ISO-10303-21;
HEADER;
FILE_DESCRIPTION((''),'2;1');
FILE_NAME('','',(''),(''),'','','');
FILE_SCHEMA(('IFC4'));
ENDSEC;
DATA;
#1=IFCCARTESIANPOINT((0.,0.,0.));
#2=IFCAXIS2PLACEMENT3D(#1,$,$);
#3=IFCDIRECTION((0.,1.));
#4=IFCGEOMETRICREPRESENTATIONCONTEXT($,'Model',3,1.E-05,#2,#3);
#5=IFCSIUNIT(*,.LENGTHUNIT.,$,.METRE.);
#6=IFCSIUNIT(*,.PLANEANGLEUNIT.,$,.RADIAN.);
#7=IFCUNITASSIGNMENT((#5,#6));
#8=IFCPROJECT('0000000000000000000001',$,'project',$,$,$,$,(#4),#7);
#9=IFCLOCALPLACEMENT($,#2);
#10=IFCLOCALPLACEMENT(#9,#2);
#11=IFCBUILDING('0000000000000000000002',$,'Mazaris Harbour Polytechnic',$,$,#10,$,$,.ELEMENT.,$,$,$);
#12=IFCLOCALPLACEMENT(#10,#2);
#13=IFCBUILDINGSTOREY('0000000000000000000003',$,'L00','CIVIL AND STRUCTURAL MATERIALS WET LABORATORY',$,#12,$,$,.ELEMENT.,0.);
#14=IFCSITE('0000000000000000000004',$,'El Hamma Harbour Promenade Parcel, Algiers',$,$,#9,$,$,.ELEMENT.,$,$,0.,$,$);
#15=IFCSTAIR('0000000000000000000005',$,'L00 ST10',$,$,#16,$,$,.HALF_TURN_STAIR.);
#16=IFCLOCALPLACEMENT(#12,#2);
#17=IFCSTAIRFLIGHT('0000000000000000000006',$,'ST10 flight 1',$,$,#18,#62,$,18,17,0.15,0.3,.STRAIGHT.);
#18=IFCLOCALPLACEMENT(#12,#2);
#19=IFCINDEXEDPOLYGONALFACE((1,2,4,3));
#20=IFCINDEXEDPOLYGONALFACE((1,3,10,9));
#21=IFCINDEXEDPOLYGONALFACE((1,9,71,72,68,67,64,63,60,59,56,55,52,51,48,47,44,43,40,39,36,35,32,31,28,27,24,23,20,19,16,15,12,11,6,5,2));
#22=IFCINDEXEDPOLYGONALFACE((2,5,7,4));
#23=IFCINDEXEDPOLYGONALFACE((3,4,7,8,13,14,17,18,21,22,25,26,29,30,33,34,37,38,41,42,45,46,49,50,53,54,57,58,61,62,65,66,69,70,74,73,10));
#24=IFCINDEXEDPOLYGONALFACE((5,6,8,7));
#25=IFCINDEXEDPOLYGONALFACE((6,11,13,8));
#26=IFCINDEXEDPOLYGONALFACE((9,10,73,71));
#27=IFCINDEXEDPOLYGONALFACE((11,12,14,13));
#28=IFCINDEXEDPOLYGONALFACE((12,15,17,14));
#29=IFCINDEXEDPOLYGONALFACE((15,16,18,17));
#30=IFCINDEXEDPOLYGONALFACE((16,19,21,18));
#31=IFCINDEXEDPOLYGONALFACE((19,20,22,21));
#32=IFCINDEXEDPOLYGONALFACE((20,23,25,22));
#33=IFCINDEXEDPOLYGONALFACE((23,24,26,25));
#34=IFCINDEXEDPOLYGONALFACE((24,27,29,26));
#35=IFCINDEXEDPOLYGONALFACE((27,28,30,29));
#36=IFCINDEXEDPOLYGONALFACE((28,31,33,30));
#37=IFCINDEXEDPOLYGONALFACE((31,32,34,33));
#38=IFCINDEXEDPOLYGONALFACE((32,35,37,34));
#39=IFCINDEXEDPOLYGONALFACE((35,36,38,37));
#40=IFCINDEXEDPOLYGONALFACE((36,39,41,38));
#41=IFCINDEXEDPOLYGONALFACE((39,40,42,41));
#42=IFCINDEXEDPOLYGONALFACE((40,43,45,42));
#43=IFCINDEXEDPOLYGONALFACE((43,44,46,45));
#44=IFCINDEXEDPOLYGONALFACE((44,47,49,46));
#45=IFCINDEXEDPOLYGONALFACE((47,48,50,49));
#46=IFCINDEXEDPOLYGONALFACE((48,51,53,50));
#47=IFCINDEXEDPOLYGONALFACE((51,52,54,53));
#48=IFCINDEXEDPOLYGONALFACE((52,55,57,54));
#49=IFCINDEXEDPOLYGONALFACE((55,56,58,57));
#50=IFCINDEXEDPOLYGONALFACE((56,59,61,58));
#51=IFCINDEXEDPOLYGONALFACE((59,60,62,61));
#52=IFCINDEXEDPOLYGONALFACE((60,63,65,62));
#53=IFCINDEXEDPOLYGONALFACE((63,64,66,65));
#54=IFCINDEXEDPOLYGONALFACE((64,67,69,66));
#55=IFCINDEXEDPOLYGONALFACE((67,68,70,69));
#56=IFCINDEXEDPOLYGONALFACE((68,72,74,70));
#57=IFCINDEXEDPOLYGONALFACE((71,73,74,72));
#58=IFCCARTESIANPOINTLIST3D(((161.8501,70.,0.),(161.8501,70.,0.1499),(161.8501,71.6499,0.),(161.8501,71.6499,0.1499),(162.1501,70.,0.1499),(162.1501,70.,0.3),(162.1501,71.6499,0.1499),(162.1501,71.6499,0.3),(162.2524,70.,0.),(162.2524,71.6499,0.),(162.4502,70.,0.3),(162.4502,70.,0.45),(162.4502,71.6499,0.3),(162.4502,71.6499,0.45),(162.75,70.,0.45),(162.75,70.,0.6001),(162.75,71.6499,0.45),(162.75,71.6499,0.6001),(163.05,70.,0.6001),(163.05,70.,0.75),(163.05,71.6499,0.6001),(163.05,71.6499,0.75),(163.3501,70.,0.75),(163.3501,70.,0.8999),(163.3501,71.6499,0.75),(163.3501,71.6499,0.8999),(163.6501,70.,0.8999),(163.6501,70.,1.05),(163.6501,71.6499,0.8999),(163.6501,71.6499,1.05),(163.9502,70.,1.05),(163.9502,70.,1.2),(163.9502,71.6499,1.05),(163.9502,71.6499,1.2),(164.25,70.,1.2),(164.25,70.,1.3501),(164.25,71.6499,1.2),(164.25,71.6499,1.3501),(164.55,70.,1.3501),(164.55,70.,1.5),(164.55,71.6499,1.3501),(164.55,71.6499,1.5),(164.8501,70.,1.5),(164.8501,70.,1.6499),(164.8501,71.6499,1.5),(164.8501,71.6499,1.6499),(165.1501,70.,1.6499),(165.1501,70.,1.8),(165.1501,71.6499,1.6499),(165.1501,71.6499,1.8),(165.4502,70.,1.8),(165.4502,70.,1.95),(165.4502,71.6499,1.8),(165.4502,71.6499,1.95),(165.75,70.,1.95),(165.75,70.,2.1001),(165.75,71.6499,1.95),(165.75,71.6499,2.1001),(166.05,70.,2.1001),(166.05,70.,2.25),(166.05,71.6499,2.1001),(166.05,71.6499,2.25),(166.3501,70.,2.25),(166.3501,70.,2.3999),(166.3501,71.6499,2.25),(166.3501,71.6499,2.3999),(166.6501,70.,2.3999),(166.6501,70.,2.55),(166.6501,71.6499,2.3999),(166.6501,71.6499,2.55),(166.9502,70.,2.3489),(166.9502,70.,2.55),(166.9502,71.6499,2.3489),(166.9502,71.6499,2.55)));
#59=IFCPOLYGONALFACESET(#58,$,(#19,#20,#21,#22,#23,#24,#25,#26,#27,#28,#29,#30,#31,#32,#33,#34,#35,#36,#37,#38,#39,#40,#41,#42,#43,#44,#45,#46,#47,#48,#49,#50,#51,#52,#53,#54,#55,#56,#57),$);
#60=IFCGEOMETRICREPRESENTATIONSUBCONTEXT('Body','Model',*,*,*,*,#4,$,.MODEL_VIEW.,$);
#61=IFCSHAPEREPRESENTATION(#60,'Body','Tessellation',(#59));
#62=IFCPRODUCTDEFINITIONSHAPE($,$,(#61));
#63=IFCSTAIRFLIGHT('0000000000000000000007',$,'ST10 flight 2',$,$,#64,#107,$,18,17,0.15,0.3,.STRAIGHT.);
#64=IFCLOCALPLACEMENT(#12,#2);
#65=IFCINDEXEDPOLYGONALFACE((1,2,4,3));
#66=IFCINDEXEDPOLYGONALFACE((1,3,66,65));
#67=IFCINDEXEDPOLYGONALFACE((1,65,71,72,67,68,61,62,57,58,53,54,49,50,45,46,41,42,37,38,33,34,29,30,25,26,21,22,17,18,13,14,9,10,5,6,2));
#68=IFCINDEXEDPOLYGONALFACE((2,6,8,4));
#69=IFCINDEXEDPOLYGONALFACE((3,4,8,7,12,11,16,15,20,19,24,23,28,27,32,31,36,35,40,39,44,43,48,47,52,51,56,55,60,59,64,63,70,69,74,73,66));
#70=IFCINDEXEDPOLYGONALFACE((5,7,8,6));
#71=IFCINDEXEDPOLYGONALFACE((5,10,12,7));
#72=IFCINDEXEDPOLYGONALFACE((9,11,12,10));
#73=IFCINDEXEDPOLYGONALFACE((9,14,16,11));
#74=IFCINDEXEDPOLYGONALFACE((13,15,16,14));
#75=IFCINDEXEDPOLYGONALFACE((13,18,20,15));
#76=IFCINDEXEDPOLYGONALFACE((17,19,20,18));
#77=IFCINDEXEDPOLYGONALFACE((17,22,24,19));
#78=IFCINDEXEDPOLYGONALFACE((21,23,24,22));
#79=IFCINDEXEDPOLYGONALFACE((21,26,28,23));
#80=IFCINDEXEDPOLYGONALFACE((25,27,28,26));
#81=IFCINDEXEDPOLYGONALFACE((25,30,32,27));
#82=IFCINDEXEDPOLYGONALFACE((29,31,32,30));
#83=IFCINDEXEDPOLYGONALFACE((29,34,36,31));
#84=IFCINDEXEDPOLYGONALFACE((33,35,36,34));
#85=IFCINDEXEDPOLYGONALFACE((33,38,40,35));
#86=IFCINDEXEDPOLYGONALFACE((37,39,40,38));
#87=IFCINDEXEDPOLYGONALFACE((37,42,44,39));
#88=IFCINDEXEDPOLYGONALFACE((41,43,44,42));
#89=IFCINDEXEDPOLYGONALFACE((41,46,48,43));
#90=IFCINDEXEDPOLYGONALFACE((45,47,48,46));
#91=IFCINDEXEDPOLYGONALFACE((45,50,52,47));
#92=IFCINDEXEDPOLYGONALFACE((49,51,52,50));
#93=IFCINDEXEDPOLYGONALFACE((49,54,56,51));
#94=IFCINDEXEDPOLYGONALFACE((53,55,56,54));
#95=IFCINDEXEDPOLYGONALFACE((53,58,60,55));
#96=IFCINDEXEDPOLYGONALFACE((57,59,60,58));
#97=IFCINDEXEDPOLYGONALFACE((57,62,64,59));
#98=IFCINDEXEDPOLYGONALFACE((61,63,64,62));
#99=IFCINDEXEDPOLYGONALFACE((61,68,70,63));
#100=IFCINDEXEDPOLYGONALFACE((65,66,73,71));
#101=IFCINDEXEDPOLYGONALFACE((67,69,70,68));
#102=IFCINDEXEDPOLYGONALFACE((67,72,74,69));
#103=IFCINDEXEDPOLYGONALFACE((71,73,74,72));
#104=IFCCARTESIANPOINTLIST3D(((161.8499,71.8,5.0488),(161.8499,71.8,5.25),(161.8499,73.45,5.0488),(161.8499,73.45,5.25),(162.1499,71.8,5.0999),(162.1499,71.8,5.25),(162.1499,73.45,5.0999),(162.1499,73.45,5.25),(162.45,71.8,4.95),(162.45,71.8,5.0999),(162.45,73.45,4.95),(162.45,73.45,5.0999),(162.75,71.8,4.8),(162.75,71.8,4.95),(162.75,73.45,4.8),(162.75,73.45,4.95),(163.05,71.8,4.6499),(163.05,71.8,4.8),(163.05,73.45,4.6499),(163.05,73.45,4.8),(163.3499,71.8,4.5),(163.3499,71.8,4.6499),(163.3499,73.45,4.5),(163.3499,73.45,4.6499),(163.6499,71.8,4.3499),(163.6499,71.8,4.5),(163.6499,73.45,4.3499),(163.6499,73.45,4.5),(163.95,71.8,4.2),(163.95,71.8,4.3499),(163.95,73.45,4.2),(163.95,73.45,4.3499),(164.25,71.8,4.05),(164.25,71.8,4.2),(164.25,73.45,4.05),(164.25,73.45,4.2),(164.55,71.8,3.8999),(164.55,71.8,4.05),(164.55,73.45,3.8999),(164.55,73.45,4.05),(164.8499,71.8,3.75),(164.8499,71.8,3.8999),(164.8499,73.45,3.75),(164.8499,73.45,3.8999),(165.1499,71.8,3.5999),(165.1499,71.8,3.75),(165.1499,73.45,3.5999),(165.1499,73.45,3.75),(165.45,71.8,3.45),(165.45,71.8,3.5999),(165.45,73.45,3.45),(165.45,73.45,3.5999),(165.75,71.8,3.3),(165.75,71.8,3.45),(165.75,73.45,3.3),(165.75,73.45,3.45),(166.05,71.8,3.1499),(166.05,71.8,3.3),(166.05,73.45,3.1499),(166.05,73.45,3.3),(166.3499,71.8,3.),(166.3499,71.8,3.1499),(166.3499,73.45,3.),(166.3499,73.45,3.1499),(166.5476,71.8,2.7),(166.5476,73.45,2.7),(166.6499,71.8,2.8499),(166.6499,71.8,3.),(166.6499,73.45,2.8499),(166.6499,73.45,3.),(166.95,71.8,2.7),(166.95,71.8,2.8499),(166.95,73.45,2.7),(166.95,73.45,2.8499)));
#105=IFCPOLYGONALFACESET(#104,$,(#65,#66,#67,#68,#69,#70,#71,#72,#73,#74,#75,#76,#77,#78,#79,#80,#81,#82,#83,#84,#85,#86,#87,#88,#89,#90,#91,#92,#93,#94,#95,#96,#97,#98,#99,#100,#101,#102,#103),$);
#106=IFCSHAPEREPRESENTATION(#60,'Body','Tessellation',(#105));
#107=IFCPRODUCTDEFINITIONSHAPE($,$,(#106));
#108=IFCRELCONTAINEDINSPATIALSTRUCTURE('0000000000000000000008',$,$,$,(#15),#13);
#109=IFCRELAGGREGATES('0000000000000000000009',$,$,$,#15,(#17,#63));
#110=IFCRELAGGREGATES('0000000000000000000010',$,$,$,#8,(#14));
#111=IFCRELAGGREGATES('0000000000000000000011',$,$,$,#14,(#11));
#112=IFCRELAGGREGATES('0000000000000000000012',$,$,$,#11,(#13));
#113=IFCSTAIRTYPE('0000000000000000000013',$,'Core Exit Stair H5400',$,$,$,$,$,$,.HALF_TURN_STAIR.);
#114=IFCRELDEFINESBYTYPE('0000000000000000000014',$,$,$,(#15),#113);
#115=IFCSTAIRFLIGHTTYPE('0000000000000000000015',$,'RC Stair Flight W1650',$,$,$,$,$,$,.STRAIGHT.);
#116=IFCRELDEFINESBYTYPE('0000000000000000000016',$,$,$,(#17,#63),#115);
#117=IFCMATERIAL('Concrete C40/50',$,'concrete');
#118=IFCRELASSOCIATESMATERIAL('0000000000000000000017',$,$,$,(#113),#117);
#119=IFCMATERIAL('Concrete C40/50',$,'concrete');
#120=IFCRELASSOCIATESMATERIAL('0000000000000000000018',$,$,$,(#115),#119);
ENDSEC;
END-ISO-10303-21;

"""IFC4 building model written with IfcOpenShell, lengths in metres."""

from ifc_helpers import new_model, si_unit, direction, frame, origin, place, context, subcontext, project, spatial, polyline, outline, extrude, material, type_object, element, aggregate, save


model = new_model("IFC4")

# Units and contexts
model_context = context("Model", 3, precision=1e-05, world=origin(), true_north=direction((0.0, 1.0)))
body_context = subcontext(model_context, "Body", "Model", "MODEL_VIEW")
ifc_project = project(units=[si_unit("LENGTHUNIT", "METRE"), si_unit("PLANEANGLEUNIT", "RADIAN")], contexts=[model_context])

# Site, building, storey
site_placement = place(None, origin())
site = spatial("IfcSite", under=ifc_project, at=site_placement, Name="El Hamma Harbour Promenade Parcel, Algiers", CompositionType="ELEMENT", RefElevation=0.0)
building_placement = place(site_placement, origin())
building = spatial("IfcBuilding", under=site, at=building_placement, Name="Mazaris Harbour Polytechnic", CompositionType="ELEMENT")
storey_placement = place(building_placement, origin())
storey = spatial("IfcBuildingStorey", under=building, at=storey_placement, Name="L00", Description="CIVIL AND STRUCTURAL MATERIALS WET LABORATORY", CompositionType="ELEMENT", Elevation=0.0)

# Stair, stair flights
ifc_material_1 = material(Name="Concrete C40/50", Category="concrete")
stair_type = type_object("IfcStairType", Name="Core Exit Stair H5400", PredefinedType="HALF_TURN_STAIR", material=ifc_material_1)
stair_placement = place(storey_placement, origin())
stair = element("IfcStair", 1, at=stair_placement, inside=storey, type_object=stair_type, Name="L00 ST10", PredefinedType="HALF_TURN_STAIR")
ifc_material_2 = material(Name="Concrete C40/50", Category="concrete")
stair_flight_type = type_object("IfcStairFlightType", Name="RC Stair Flight W1650", PredefinedType="STRAIGHT", material=ifc_material_2)
stair_flight_1_placement = place(storey_placement, frame((161.8501, 70.825, 0.0), z_axis=(0.0, 0.0, 1.0), x_axis=(1.0, 0.0, 0.0)))
stair_flight_1 = element("IfcStairFlight", 2, at=stair_flight_1_placement, type_object=stair_flight_type, Name="ST10 flight 1", NumberOfRisers=18, NumberOfTreads=17, PredefinedType="STRAIGHT", RiserHeight=0.15, TreadLength=0.3, context=body_context, shape_type="SweptSolid", body=[
    extrude(outline(polyline([(0.0, 0.0), (0.0, 0.1499), (0.3, 0.1499), (0.3, 0.3), (0.6001, 0.3), (0.6001, 0.45), (0.8999, 0.45), (0.8999, 0.6001), (1.2, 0.6001), (1.2, 0.75), (1.5, 0.75), (1.5, 0.8999), (1.8, 0.8999), (1.8, 1.05), (2.1001, 1.05), (2.1001, 1.2), (2.3999, 1.2), (2.3999, 1.3501), (2.7, 1.3501), (2.7, 1.5), (3.0, 1.5), (3.0, 1.6499), (3.3, 1.6499), (3.3, 1.8), (3.6001, 1.8), (3.6001, 1.95), (3.8999, 1.95), (3.8999, 2.1001), (4.2, 2.1001), (4.2, 2.25), (4.5, 2.25), (4.5, 2.3999), (4.8, 2.3999), (4.8, 2.55), (5.1001, 2.55), (5.1001, 2.7), (5.1001, 2.3489), (0.4023, 0.0), (0.0, 0.0)])), frame((0.0, 0.825, 0.0), z_axis=(0.0, -1.0, 0.0), x_axis=(1.0, 0.0, 0.0)), (0.0, 0.0, 1.0), 1.6499),
])
stair_flight_2_placement = place(storey_placement, frame((166.95, 72.625, 2.7), z_axis=(0.0, 0.0, 1.0), x_axis=(-1.0, 0.0, 0.0)))
stair_flight_2 = element("IfcStairFlight", 3, at=stair_flight_2_placement, type_object=stair_flight_type, Name="ST10 flight 2", NumberOfRisers=18, NumberOfTreads=17, PredefinedType="STRAIGHT", RiserHeight=0.15, TreadLength=0.3, context=body_context, shape_type="SweptSolid", body=[
    extrude(outline(polyline([(0.0, 0.0), (0.0, 0.1499), (0.3, 0.1499), (0.3, 0.3), (0.6001, 0.3), (0.6001, 0.45), (0.8999, 0.45), (0.8999, 0.6001), (1.2, 0.6001), (1.2, 0.75), (1.5, 0.75), (1.5, 0.8999), (1.8, 0.8999), (1.8, 1.05), (2.1001, 1.05), (2.1001, 1.2), (2.3999, 1.2), (2.3999, 1.3501), (2.7, 1.3501), (2.7, 1.5), (3.0, 1.5), (3.0, 1.6499), (3.3, 1.6499), (3.3, 1.8), (3.6001, 1.8), (3.6001, 1.95), (3.8999, 1.95), (3.8999, 2.1001), (4.2, 2.1001), (4.2, 2.25), (4.5, 2.25), (4.5, 2.3999), (4.8, 2.3999), (4.8, 2.55), (5.1001, 2.55), (5.1001, 2.7), (5.1001, 2.3489), (0.4023, 0.0), (0.0, 0.0)])), frame((0.0, 0.825, 0.0), z_axis=(0.0, -1.0, 0.0), x_axis=(1.0, 0.0, 0.0)), (0.0, 0.0, 1.0), 1.6499),
])
aggregate(stair, [stair_flight_1, stair_flight_2])

save(model, "model.ifc")
